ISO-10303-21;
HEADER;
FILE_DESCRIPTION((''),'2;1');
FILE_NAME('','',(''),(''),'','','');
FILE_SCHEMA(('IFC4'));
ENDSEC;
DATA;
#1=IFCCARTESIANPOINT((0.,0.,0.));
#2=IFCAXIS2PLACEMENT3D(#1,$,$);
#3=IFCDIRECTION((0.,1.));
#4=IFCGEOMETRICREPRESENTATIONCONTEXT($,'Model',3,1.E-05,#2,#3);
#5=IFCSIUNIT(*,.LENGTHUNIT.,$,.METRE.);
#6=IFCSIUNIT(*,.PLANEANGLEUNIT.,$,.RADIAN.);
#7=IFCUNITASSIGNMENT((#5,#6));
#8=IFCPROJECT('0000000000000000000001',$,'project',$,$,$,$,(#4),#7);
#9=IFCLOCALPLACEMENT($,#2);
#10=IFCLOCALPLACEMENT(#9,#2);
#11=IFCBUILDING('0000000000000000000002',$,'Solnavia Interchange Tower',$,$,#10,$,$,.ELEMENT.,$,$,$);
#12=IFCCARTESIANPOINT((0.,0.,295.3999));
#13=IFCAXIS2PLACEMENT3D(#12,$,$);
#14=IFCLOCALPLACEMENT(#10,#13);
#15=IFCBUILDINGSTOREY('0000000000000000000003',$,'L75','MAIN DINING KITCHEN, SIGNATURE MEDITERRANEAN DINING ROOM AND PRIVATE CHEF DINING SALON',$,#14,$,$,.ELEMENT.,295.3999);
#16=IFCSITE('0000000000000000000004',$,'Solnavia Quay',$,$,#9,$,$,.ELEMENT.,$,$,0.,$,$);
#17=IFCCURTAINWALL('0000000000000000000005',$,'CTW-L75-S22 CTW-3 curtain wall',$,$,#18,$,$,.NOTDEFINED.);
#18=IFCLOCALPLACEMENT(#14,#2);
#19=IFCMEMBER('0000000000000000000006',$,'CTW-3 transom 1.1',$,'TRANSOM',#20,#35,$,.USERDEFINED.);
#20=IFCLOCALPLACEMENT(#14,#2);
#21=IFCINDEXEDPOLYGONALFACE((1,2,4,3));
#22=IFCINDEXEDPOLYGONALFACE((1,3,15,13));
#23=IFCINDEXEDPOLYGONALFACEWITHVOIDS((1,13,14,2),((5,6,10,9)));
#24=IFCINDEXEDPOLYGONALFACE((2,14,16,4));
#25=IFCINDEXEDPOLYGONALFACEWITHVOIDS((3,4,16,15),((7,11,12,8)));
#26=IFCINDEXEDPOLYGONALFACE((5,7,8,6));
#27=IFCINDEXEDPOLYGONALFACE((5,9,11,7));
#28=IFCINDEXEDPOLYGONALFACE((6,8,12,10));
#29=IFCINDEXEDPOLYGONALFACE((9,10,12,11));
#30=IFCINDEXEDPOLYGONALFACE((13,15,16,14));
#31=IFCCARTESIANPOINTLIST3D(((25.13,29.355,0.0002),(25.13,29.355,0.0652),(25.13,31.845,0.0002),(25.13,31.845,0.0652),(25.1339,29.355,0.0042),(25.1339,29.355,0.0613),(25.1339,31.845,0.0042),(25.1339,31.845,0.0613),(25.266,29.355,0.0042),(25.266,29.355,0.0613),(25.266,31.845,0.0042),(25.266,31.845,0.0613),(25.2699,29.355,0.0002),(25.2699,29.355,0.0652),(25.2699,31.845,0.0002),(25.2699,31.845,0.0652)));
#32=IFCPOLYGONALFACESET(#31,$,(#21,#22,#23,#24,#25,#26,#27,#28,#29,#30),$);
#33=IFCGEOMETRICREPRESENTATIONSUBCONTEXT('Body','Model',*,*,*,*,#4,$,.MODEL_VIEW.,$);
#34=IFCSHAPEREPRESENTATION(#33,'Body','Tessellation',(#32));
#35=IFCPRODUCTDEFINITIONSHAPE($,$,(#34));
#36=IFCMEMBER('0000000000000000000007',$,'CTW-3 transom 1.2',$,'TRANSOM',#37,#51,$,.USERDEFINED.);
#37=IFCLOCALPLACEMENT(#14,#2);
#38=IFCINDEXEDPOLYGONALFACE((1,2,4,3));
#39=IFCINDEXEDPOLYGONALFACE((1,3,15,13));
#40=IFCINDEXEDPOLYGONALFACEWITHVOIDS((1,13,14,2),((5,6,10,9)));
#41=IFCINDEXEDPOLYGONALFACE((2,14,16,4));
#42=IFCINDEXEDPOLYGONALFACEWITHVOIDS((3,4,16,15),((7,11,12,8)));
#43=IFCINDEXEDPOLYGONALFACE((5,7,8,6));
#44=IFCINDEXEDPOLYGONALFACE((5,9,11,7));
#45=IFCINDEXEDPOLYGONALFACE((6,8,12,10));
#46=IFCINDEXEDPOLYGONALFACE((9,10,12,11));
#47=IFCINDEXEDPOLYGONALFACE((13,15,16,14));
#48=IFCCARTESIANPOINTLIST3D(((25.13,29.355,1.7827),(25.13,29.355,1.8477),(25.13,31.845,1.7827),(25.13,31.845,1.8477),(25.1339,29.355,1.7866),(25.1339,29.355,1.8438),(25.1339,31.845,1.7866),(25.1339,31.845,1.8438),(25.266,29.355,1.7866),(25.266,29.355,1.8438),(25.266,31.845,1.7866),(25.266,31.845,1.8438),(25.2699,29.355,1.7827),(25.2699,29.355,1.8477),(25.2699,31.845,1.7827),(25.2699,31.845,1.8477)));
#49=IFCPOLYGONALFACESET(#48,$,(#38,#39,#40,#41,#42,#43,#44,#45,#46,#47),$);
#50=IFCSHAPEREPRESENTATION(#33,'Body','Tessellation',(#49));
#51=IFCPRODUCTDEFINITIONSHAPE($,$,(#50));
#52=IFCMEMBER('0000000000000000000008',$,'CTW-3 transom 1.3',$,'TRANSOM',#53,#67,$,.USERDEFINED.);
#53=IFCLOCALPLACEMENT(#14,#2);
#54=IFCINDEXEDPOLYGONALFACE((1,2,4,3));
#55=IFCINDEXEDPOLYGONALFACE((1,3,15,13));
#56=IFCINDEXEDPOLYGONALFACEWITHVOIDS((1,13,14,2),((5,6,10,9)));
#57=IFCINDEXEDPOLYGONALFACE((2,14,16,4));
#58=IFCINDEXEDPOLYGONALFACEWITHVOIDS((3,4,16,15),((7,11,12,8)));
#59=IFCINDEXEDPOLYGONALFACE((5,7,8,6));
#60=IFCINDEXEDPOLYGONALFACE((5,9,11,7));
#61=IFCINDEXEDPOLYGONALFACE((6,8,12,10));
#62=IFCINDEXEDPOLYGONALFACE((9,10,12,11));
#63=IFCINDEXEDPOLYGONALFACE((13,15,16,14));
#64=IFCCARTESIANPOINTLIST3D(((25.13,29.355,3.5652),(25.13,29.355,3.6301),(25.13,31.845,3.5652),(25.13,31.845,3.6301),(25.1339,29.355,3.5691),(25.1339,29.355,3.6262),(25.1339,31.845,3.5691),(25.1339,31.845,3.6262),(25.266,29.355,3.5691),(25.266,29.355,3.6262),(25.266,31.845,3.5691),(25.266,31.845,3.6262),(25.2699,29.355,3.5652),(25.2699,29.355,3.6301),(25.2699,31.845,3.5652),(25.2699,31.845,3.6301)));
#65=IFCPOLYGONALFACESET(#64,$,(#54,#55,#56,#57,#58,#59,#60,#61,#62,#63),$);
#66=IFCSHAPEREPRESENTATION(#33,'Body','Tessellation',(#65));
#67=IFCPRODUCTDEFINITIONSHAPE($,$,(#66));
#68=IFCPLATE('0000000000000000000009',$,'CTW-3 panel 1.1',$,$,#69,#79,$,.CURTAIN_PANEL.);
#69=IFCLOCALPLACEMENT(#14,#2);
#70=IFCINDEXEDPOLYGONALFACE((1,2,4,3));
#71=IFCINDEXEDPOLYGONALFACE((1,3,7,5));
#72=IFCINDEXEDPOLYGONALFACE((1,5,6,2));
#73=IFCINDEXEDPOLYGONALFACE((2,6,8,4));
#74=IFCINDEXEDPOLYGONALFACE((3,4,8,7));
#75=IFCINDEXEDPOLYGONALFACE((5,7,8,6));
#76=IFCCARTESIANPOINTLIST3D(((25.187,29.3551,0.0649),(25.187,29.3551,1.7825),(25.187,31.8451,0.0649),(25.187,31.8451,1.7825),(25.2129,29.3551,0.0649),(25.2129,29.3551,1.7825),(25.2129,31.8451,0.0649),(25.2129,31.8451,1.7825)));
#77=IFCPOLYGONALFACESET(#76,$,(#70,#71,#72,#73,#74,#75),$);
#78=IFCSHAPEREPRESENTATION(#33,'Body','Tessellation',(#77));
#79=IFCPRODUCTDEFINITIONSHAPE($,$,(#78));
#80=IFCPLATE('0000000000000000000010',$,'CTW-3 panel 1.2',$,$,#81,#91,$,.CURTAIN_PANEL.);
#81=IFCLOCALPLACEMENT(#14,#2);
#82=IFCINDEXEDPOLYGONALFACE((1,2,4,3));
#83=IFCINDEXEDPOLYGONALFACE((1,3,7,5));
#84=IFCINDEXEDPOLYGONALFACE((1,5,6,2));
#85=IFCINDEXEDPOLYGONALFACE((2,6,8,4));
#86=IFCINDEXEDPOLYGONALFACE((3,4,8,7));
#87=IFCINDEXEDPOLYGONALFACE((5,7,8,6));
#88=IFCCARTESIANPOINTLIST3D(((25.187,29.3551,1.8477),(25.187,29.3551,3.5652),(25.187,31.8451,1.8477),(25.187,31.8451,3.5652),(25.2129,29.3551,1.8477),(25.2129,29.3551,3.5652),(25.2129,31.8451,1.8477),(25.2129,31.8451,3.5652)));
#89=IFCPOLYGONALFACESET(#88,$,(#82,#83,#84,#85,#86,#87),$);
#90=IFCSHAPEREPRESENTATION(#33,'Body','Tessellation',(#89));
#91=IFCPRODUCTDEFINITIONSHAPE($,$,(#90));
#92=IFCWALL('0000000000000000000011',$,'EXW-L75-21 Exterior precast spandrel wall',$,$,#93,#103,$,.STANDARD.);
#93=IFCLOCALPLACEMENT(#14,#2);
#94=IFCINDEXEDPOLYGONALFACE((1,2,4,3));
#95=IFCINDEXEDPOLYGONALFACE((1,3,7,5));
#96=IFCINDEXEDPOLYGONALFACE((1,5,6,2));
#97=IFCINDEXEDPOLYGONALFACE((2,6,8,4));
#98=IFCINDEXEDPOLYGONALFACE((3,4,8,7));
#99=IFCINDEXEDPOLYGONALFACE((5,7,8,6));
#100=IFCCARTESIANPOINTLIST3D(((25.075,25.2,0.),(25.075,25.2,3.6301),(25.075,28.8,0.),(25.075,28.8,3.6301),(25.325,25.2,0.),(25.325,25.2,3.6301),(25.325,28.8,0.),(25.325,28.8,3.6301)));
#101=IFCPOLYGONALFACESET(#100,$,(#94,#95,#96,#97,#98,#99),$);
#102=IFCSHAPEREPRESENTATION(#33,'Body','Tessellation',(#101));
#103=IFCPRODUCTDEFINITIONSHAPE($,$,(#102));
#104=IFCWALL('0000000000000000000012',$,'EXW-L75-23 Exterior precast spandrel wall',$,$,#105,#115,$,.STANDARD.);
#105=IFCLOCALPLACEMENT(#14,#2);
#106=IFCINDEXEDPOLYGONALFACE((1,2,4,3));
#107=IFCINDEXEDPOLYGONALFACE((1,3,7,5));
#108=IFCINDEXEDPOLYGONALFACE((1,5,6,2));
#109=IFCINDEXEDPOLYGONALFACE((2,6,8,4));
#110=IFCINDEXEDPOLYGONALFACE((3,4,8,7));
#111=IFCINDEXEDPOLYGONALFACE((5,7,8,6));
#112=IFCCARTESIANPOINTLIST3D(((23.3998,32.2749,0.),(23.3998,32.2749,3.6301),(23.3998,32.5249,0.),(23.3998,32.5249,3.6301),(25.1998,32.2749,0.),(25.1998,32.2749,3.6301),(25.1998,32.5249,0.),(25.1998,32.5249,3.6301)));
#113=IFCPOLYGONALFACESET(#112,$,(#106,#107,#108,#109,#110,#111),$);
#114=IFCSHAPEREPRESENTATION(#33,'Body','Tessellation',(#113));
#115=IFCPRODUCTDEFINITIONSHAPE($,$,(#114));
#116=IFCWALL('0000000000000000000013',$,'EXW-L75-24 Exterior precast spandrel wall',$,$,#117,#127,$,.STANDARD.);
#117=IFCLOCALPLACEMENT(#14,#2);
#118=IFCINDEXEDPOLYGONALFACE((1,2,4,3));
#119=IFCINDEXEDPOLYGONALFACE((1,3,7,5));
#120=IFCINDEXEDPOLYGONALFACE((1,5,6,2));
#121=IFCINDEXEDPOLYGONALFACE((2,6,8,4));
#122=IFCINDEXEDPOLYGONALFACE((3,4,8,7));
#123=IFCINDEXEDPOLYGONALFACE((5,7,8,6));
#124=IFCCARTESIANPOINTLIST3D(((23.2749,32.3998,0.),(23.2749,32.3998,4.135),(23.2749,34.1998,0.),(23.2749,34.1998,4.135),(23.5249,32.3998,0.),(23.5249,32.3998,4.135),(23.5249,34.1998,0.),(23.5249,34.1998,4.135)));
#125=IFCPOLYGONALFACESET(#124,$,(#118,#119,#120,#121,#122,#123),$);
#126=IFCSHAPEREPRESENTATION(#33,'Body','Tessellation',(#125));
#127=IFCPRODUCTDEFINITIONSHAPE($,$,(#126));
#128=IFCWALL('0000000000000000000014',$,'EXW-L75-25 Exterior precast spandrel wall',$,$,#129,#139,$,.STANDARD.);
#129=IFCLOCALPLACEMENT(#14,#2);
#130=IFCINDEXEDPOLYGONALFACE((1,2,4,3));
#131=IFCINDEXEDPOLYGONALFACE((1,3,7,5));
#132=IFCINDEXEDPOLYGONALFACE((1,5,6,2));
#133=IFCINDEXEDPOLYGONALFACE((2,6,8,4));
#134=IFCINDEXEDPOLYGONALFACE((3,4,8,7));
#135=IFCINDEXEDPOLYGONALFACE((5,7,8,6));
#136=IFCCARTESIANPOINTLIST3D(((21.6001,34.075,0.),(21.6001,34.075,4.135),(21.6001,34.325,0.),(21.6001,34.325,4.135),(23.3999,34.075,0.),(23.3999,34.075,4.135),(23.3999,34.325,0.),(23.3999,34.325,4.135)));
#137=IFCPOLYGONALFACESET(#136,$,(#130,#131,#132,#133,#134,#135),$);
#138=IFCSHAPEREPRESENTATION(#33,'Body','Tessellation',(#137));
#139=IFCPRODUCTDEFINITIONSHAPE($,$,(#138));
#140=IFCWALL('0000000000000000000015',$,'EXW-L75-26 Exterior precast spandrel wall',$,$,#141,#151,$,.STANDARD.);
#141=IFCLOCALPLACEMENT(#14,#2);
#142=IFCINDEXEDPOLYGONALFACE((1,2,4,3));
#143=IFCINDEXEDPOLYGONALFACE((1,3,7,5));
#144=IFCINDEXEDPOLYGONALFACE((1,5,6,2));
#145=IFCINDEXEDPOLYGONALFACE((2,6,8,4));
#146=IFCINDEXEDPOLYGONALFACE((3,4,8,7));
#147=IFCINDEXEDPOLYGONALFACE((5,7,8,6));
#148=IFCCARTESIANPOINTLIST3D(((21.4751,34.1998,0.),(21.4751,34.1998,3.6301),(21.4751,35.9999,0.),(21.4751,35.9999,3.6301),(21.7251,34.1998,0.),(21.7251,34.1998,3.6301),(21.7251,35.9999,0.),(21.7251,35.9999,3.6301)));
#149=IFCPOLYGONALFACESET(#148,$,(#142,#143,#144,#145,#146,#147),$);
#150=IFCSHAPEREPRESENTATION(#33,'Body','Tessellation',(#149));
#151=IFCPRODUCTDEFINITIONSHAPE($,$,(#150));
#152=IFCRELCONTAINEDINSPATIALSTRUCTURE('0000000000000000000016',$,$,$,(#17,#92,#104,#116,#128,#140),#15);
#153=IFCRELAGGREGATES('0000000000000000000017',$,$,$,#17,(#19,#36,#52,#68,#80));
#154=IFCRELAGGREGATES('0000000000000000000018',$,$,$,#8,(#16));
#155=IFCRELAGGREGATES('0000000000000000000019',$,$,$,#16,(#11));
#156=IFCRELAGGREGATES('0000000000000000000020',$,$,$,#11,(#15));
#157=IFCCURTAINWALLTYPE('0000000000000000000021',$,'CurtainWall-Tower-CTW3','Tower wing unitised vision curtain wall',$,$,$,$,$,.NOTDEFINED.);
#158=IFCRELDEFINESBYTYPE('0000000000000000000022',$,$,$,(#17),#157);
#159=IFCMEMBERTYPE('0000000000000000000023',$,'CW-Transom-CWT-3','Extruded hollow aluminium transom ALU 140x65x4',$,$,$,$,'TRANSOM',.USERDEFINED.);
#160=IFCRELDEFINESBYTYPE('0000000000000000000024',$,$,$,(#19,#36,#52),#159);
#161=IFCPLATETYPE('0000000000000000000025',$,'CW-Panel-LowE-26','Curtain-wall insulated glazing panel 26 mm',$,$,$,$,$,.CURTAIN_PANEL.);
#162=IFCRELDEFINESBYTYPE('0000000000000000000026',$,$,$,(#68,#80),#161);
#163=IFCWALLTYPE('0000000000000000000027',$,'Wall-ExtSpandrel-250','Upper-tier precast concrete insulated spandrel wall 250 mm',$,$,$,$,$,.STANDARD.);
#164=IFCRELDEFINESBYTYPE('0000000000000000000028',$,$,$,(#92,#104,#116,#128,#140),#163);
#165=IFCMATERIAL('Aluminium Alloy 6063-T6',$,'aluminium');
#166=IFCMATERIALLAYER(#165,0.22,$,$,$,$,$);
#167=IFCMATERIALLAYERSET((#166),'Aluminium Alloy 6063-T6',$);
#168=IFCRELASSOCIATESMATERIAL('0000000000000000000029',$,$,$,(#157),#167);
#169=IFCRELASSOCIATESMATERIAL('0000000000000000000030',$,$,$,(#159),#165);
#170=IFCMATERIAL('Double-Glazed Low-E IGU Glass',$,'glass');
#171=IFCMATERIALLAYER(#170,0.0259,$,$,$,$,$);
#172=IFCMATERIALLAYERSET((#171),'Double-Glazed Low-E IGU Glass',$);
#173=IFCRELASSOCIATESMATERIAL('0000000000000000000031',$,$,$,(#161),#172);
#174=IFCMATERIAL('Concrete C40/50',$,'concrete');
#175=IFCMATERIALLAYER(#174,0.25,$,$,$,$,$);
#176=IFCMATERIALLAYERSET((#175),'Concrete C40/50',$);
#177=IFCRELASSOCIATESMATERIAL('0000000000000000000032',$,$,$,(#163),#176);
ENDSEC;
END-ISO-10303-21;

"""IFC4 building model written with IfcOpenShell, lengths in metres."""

from ifc_helpers import new_model, si_unit, direction, frame, frame_2d, origin, origin_2d, place, context, subcontext, project, spatial, rectangle, hollow_rectangle, extrude, material, layer, layer_set, material_profile, profile_set, type_object, element, aggregate, save


model = new_model("IFC4")

# Units and contexts
model_context = context("Model", 3, precision=1e-05, world=origin(), true_north=direction((0.0, 1.0)))
body_context = subcontext(model_context, "Body", "Model", "MODEL_VIEW")
ifc_project = project(units=[si_unit("LENGTHUNIT", "METRE"), si_unit("PLANEANGLEUNIT", "RADIAN")], contexts=[model_context])

# Site, building, storey
site_placement = place(None, origin())
site = spatial("IfcSite", under=ifc_project, at=site_placement, Name="Solnavia Quay", CompositionType="ELEMENT", RefElevation=0.0)
building_placement = place(site_placement, origin())
building = spatial("IfcBuilding", under=site, at=building_placement, Name="Solnavia Interchange Tower", CompositionType="ELEMENT")
storey_placement = place(building_placement, frame((0.0, 0.0, 295.3999)))
storey = spatial("IfcBuildingStorey", under=building, at=storey_placement, Name="L75", Description="MAIN DINING KITCHEN, SIGNATURE MEDITERRANEAN DINING ROOM AND PRIVATE CHEF DINING SALON", CompositionType="ELEMENT", Elevation=295.3999)

# Shared definitions
ifc_material_1 = material(Name="Aluminium Alloy 6063-T6", Category="aluminium")
ifc_layer_1 = layer(ifc_material_1, 0.22)
ifc_layer_set_1 = layer_set([ifc_layer_1], Name="Aluminium Alloy 6063-T6")
curtain_wall_type = type_object("IfcCurtainWallType", Name="CurtainWall-Tower-CTW3", Description="Tower wing unitised vision curtain wall", PredefinedType="NOTDEFINED", material=ifc_layer_set_1)

# Curtain wall
curtain_wall_1_placement = place(storey_placement, origin())
curtain_wall_1 = element("IfcCurtainWall", 1, at=curtain_wall_1_placement, inside=storey, type_object=curtain_wall_type, Name="CTW-L75-S22 CTW-3 curtain wall", PredefinedType="NOTDEFINED")

# Members
ifc_material_profile_1 = material_profile(ifc_material_1, hollow_rectangle(XDim=0.0649, YDim=0.1399, WallThickness=0.0039, at=origin_2d()), Name="ALU 140x65x4")
ifc_profile_set_1 = profile_set([ifc_material_profile_1], Name="Aluminium Alloy 6063-T6")
member_type_1 = type_object("IfcMemberType", Name="CW-Transom-CWT-3", Description="Extruded hollow aluminium transom ALU 140x65x4", ElementType="TRANSOM", PredefinedType="USERDEFINED", material=ifc_profile_set_1)
member_1_placement = place(storey_placement, frame((25.2, 29.355, 0.0327), z_axis=(0.0, 1.0, 0.0), x_axis=(0.0, 0.0, 1.0)))
member_1 = element("IfcMember", 2, at=member_1_placement, type_object=member_type_1, Name="CTW-3 transom 1.1", ObjectType="TRANSOM", PredefinedType="USERDEFINED", context=body_context, shape_type="SweptSolid", body=[
    extrude(hollow_rectangle(XDim=0.0649, YDim=0.1399, WallThickness=0.0039, at=origin_2d()), origin(), (0.0, 0.0, 1.0), 2.49),
])
member_2_placement = place(storey_placement, frame((25.2, 29.355, 1.8152), z_axis=(0.0, 1.0, 0.0), x_axis=(0.0, 0.0, 1.0)))
member_2 = element("IfcMember", 3, at=member_2_placement, type_object=member_type_1, Name="CTW-3 transom 1.2", ObjectType="TRANSOM", PredefinedType="USERDEFINED", context=body_context, shape_type="SweptSolid", body=[
    extrude(hollow_rectangle(XDim=0.0649, YDim=0.1399, WallThickness=0.0039, at=origin_2d()), origin(), (0.0, 0.0, 1.0), 2.49),
])
member_3_placement = place(storey_placement, frame((25.2, 29.355, 3.5977), z_axis=(0.0, 1.0, 0.0), x_axis=(0.0, 0.0, 1.0)))
member_3 = element("IfcMember", 4, at=member_3_placement, type_object=member_type_1, Name="CTW-3 transom 1.3", ObjectType="TRANSOM", PredefinedType="USERDEFINED", context=body_context, shape_type="SweptSolid", body=[
    extrude(hollow_rectangle(XDim=0.0649, YDim=0.1399, WallThickness=0.0039, at=origin_2d()), origin(), (0.0, 0.0, 1.0), 2.49),
])

# Plates
ifc_material_2 = material(Name="Double-Glazed Low-E IGU Glass", Category="glass")
ifc_layer_2 = layer(ifc_material_2, 0.0259)
ifc_layer_set_2 = layer_set([ifc_layer_2], Name="Double-Glazed Low-E IGU Glass")
plate_type = type_object("IfcPlateType", Name="CW-Panel-LowE-26", Description="Curtain-wall insulated glazing panel 26 mm", PredefinedType="CURTAIN_PANEL", material=ifc_layer_set_2)
plate_1_placement = place(storey_placement, frame((25.2, 30.6001, 0.0649), z_axis=(0.0, 0.0, 1.0), x_axis=(0.0, 1.0, 0.0)))
plate_1 = element("IfcPlate", 5, at=plate_1_placement, type_object=plate_type, Name="CTW-3 panel 1.1", PredefinedType="CURTAIN_PANEL", context=body_context, shape_type="SweptSolid", body=[
    extrude(rectangle(XDim=2.49, YDim=0.0259, at=origin_2d()), origin(), (0.0, 0.0, 1.0), 1.7175),
])
plate_2_placement = place(storey_placement, frame((25.2, 30.6001, 1.8477), z_axis=(0.0, 0.0, 1.0), x_axis=(0.0, 1.0, 0.0)))
plate_2 = element("IfcPlate", 6, at=plate_2_placement, type_object=plate_type, Name="CTW-3 panel 1.2", PredefinedType="CURTAIN_PANEL", context=body_context, shape_type="SweptSolid", body=[
    extrude(rectangle(XDim=2.49, YDim=0.0259, at=origin_2d()), origin(), (0.0, 0.0, 1.0), 1.7175),
])
aggregate(curtain_wall_1, [member_1, member_2, member_3, plate_1, plate_2])

# Walls
ifc_material_3 = material(Name="Concrete C40/50", Category="concrete")
ifc_layer_3 = layer(ifc_material_3, 0.25)
ifc_layer_set_3 = layer_set([ifc_layer_3], Name="Concrete C40/50")
wall_type = type_object("IfcWallType", Name="Wall-ExtSpandrel-250", Description="Upper-tier precast concrete insulated spandrel wall 250 mm", PredefinedType="STANDARD", material=ifc_layer_set_3)
wall_1_placement = place(storey_placement, frame((25.2, 28.8, 0.0), z_axis=(0.0, 0.0, 1.0), x_axis=(0.0, -1.0, 0.0)))
element("IfcWall", 7, at=wall_1_placement, inside=storey, type_object=wall_type, Name="EXW-L75-21 Exterior precast spandrel wall", PredefinedType="STANDARD", context=body_context, shape_type="SweptSolid", body=[
    extrude(rectangle(XDim=3.6001, YDim=0.25, at=frame_2d((1.8, 0.0))), origin(), (0.0, 0.0, 1.0), 3.6301),
])
wall_2_placement = place(storey_placement, frame((23.3999, 32.3999, 0.0), z_axis=(0.0, 0.0, 1.0), x_axis=(1.0, 0.0, 0.0)))
element("IfcWall", 8, at=wall_2_placement, inside=storey, type_object=wall_type, Name="EXW-L75-23 Exterior precast spandrel wall", PredefinedType="STANDARD", context=body_context, shape_type="SweptSolid", body=[
    extrude(rectangle(XDim=1.8, YDim=0.25, at=frame_2d((0.8999, 0.0))), origin(), (0.0, 0.0, 1.0), 3.6301),
])
wall_3_placement = place(storey_placement, frame((23.3999, 32.3999, 0.0), z_axis=(0.0, 0.0, 1.0), x_axis=(0.0, 1.0, 0.0)))
element("IfcWall", 9, at=wall_3_placement, inside=storey, type_object=wall_type, Name="EXW-L75-24 Exterior precast spandrel wall", PredefinedType="STANDARD", context=body_context, shape_type="SweptSolid", body=[
    extrude(rectangle(XDim=1.8, YDim=0.25, at=frame_2d((0.8999, 0.0))), origin(), (0.0, 0.0, 1.0), 4.135),
])
wall_4_placement = place(storey_placement, frame((21.6001, 34.2, 0.0), z_axis=(0.0, 0.0, 1.0), x_axis=(1.0, 0.0, 0.0)))
element("IfcWall", 10, at=wall_4_placement, inside=storey, type_object=wall_type, Name="EXW-L75-25 Exterior precast spandrel wall", PredefinedType="STANDARD", context=body_context, shape_type="SweptSolid", body=[
    extrude(rectangle(XDim=1.7998, YDim=0.25, at=frame_2d((0.8999, 0.0))), origin(), (0.0, 0.0, 1.0), 4.135),
])
wall_5_placement = place(storey_placement, frame((21.6001, 34.2, 0.0), z_axis=(0.0, 0.0, 1.0), x_axis=(0.0, 1.0, 0.0)))
element("IfcWall", 11, at=wall_5_placement, inside=storey, type_object=wall_type, Name="EXW-L75-26 Exterior precast spandrel wall", PredefinedType="STANDARD", context=body_context, shape_type="SweptSolid", body=[
    extrude(rectangle(XDim=1.8, YDim=0.25, at=frame_2d((0.8999, 0.0))), origin(), (0.0, 0.0, 1.0), 3.6301),
])

save(model, "model.ifc")
